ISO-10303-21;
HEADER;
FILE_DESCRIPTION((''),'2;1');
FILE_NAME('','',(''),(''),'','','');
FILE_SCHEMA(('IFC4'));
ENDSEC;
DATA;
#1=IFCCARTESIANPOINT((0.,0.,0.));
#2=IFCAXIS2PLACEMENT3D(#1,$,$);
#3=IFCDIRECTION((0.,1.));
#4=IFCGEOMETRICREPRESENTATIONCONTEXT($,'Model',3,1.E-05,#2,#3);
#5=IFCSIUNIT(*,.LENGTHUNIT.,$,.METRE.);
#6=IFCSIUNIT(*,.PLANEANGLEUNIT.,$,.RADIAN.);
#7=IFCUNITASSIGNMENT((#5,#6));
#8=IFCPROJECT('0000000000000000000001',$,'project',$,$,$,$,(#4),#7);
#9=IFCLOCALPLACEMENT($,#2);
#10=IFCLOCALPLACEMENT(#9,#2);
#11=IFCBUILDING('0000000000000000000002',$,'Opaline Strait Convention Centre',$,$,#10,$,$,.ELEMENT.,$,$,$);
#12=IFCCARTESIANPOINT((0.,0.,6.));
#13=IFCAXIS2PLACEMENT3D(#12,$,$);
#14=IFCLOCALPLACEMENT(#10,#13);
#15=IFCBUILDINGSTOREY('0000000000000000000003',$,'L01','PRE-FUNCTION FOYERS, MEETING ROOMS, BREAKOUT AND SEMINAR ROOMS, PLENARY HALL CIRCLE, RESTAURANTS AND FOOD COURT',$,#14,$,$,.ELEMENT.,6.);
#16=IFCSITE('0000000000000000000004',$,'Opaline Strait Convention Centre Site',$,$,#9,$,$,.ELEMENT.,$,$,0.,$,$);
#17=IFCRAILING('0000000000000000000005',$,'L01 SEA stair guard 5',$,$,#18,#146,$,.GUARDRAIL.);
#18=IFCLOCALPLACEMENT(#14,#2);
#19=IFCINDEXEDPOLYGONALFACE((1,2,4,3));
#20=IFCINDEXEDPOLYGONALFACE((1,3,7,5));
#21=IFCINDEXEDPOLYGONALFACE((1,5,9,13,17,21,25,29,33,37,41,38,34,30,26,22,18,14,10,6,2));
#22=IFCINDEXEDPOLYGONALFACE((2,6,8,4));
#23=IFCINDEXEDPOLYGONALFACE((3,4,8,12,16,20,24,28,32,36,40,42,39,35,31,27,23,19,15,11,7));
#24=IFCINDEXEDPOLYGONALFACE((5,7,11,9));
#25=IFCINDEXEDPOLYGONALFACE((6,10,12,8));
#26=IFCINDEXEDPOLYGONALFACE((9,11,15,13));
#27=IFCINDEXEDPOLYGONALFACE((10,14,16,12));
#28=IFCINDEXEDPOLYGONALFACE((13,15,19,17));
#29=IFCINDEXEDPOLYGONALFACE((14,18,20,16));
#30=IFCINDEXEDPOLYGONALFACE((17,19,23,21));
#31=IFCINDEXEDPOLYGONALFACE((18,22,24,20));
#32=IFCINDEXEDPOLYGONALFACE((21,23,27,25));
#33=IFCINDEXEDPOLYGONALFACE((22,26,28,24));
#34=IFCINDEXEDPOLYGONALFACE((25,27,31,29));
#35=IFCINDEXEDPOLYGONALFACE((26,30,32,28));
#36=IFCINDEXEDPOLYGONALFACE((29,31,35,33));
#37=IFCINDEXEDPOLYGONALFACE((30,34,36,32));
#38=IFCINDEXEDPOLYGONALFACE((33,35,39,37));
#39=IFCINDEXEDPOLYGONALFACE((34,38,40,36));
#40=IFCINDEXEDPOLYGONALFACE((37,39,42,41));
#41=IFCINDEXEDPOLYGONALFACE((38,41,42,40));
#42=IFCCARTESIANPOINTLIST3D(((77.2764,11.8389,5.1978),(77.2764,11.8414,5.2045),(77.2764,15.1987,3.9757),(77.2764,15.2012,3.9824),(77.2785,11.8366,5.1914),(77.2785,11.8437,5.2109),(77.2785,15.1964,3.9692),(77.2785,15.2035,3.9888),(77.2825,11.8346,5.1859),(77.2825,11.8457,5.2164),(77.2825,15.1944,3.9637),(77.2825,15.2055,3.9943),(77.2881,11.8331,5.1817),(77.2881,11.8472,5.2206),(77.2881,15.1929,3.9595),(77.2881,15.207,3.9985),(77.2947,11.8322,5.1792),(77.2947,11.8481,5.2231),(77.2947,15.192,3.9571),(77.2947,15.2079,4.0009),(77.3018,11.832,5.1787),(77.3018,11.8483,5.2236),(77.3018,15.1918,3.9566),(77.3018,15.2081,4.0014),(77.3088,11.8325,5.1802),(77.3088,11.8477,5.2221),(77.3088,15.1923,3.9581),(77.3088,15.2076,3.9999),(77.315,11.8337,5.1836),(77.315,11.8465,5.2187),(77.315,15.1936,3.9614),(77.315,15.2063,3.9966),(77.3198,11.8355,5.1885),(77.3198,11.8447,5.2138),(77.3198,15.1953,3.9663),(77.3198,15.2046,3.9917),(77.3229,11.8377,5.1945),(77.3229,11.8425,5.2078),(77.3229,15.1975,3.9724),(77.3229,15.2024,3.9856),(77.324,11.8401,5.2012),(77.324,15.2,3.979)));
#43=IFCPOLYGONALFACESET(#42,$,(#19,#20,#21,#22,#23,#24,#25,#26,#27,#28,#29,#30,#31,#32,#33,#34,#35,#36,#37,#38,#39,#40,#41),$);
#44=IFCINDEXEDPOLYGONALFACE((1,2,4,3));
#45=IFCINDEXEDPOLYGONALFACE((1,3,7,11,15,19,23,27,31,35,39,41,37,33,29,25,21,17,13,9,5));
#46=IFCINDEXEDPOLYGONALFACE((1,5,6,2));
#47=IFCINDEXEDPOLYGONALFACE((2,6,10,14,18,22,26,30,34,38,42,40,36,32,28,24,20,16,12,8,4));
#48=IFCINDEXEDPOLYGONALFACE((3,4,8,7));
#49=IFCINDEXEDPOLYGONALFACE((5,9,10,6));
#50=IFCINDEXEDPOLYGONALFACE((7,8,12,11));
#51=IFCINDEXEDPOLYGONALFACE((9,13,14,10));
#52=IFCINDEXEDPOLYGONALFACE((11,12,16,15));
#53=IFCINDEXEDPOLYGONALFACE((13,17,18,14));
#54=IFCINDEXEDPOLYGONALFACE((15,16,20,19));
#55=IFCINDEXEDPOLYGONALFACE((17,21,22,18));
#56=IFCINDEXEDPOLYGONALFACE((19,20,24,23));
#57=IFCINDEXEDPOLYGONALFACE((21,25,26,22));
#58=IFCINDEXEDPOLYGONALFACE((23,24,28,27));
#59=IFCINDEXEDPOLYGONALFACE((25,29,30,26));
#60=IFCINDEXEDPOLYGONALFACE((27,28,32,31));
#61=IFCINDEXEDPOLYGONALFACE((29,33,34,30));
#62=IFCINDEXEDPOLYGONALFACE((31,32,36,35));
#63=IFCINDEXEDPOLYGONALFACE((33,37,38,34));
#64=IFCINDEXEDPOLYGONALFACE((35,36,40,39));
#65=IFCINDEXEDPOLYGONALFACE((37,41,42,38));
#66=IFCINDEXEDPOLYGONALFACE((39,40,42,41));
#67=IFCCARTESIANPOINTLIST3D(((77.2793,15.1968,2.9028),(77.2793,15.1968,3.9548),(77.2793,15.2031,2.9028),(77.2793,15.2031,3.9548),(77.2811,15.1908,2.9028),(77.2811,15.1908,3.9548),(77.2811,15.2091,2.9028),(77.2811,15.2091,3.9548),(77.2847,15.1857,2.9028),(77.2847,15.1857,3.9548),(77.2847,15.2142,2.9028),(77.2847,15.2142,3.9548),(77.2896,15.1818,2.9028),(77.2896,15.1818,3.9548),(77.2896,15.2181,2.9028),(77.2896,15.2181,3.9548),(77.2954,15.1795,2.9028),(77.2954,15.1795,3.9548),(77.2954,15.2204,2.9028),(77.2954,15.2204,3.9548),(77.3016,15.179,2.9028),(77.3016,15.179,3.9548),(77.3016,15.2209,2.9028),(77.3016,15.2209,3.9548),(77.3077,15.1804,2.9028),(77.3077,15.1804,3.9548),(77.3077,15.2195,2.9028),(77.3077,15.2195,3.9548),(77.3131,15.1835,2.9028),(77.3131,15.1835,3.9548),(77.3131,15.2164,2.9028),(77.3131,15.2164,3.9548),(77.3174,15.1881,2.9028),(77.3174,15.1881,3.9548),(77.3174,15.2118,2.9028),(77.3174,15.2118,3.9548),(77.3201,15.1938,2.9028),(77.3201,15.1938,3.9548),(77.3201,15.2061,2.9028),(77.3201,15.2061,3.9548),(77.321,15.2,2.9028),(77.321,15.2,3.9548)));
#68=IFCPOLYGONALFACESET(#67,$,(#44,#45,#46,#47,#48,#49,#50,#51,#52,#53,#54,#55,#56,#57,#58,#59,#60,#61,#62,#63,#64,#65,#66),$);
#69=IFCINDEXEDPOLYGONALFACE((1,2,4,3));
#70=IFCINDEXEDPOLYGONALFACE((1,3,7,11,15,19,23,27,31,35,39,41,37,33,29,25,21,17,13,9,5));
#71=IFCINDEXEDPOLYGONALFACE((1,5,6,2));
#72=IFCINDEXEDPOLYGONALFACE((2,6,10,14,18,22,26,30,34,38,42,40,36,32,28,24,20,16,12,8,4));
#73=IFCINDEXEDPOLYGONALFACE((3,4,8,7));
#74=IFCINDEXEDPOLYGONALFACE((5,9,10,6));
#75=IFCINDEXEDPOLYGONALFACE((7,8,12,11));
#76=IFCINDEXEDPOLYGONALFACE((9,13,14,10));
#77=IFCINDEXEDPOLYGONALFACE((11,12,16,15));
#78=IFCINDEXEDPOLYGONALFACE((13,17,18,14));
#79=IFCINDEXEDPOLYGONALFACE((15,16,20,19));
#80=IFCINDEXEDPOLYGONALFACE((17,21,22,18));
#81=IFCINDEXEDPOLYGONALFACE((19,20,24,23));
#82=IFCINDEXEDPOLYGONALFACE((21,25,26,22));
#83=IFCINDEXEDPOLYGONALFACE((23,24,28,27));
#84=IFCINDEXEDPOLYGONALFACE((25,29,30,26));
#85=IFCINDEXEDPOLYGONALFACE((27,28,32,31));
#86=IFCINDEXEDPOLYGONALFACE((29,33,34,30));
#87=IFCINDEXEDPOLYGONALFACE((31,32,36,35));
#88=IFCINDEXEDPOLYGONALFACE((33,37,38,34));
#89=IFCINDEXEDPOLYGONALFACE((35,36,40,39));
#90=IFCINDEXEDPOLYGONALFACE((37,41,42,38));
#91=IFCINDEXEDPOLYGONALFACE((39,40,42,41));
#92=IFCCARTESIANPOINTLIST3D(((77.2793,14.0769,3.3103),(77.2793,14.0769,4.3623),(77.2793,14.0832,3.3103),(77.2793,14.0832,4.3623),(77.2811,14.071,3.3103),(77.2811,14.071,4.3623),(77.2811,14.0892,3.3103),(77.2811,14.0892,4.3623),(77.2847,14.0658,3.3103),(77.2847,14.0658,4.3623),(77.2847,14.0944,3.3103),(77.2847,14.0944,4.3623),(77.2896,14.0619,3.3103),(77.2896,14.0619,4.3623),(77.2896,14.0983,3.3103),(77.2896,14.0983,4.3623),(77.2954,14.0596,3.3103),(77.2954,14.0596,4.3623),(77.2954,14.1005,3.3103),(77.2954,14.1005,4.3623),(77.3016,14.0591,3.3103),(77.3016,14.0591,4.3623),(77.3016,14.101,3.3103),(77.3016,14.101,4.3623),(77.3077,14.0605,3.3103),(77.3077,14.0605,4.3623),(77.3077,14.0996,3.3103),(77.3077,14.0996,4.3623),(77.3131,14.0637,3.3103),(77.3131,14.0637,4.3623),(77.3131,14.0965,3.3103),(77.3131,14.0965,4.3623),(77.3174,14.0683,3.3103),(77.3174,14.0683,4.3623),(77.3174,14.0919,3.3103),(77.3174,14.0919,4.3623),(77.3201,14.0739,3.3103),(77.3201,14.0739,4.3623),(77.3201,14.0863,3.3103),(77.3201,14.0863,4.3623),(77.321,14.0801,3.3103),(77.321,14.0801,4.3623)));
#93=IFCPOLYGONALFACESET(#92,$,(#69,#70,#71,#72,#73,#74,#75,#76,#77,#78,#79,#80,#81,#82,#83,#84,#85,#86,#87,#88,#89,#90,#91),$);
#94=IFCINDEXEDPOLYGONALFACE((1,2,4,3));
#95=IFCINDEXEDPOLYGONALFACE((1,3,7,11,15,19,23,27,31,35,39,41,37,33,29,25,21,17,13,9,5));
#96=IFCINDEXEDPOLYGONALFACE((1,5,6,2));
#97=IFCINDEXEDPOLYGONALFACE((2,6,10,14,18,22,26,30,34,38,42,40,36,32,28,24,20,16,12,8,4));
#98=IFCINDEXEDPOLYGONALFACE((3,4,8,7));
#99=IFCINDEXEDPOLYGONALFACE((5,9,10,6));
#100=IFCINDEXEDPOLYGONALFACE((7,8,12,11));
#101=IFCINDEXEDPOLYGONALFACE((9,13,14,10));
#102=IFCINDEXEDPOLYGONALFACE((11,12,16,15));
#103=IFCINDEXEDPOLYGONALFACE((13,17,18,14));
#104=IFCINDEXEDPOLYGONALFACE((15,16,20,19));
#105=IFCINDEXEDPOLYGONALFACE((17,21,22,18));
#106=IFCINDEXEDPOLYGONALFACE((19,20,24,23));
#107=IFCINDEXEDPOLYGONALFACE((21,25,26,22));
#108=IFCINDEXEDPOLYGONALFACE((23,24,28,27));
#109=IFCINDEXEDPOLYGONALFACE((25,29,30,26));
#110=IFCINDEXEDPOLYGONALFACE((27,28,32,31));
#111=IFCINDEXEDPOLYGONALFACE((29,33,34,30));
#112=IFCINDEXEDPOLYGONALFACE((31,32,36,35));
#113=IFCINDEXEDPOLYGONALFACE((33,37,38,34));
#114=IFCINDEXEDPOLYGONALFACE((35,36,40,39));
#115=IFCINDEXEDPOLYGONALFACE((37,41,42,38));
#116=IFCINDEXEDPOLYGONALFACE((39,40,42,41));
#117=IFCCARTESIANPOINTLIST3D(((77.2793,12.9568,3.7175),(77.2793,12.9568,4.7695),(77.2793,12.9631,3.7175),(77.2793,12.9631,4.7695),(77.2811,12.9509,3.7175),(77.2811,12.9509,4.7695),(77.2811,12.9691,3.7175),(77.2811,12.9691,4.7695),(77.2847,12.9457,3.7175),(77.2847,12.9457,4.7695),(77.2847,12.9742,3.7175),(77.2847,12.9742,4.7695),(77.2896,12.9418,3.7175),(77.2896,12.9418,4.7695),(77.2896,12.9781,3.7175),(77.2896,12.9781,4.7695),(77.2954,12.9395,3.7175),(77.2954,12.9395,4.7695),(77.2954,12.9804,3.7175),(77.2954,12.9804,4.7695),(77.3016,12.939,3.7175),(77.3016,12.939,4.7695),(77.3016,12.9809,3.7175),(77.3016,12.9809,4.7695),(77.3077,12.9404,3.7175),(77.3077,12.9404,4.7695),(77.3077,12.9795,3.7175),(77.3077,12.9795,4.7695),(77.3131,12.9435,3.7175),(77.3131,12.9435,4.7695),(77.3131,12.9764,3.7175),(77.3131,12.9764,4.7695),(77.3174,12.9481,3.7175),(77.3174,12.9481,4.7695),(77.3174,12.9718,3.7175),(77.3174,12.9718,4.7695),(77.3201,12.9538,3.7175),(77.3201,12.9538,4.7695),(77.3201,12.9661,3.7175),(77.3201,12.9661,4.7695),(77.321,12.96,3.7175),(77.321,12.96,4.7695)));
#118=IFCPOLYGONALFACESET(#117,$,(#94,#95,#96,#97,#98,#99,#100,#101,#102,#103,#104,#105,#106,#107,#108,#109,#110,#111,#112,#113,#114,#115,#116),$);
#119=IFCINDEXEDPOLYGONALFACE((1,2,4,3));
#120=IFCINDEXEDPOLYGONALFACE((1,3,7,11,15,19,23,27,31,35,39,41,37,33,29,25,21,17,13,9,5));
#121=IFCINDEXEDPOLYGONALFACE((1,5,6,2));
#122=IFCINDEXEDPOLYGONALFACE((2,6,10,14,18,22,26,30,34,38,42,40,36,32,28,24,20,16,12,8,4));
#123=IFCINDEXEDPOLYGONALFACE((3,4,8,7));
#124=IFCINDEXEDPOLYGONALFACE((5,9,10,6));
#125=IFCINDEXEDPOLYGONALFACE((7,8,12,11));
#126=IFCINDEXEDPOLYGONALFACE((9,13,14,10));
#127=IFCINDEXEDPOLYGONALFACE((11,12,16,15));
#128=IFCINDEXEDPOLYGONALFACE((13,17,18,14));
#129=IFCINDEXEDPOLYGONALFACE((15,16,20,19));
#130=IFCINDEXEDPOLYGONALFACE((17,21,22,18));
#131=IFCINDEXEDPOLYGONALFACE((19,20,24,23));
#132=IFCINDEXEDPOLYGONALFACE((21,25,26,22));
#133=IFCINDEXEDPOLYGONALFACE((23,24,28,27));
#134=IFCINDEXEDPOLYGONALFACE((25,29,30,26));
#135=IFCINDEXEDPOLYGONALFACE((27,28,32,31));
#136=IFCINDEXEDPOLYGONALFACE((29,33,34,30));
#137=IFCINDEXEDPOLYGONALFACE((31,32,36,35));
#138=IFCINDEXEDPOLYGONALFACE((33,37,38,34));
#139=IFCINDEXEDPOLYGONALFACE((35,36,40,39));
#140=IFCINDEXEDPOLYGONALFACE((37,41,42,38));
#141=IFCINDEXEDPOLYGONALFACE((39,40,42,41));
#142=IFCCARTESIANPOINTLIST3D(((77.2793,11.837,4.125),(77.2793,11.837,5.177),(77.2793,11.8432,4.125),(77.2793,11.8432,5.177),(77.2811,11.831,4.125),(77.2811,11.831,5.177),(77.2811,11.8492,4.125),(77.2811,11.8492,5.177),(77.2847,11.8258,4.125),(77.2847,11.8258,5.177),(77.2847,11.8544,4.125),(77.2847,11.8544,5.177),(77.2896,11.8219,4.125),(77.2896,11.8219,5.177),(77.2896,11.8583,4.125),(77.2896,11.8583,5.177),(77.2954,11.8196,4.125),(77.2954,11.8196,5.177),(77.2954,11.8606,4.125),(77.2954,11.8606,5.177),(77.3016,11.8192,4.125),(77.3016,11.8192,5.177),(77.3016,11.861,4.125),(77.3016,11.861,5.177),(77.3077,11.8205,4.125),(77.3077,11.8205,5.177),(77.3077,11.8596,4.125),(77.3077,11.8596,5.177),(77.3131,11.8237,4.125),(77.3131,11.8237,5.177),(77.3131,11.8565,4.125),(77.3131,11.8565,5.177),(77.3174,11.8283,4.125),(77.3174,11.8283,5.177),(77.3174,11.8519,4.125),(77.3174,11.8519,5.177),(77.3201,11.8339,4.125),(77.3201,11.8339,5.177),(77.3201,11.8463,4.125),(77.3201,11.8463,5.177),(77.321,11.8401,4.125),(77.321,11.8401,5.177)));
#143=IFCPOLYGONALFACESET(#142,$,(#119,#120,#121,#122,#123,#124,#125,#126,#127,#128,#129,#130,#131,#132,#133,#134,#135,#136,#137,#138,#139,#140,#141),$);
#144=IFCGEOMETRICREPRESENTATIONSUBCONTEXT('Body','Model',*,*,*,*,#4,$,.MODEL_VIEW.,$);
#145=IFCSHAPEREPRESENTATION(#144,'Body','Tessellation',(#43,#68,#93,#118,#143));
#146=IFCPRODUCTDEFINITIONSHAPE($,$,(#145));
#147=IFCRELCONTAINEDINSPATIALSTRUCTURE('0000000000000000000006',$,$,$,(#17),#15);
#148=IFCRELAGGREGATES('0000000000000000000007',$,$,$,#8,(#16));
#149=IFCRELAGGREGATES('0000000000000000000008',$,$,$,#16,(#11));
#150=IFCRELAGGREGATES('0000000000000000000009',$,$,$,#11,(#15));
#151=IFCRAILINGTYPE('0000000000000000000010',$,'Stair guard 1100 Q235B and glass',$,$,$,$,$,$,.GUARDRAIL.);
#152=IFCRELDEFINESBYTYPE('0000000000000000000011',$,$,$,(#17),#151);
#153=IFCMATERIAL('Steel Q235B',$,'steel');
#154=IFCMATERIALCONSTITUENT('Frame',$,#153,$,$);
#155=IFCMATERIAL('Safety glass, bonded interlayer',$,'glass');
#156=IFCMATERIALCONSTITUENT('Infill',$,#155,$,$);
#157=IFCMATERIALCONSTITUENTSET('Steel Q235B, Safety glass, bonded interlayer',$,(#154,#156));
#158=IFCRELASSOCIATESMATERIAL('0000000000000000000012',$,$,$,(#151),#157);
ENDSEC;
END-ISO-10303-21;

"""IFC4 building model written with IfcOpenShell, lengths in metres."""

from ifc_helpers import new_model, si_unit, direction, frame, origin, origin_2d, place, context, subcontext, project, spatial, circle, extrude, material, constituent, constituent_set, type_object, element, save


model = new_model("IFC4")

# Units and contexts
model_context = context("Model", 3, precision=1e-05, world=origin(), true_north=direction((0.0, 1.0)))
body_context = subcontext(model_context, "Body", "Model", "MODEL_VIEW")
ifc_project = project(units=[si_unit("LENGTHUNIT", "METRE"), si_unit("PLANEANGLEUNIT", "RADIAN")], contexts=[model_context])

# Site, building, storey
site_placement = place(None, origin())
site = spatial("IfcSite", under=ifc_project, at=site_placement, Name="Opaline Strait Convention Centre Site", CompositionType="ELEMENT", RefElevation=0.0)
building_placement = place(site_placement, origin())
building = spatial("IfcBuilding", under=site, at=building_placement, Name="Opaline Strait Convention Centre", CompositionType="ELEMENT")
storey_placement = place(building_placement, frame((0.0, 0.0, 6.0)))
storey = spatial("IfcBuildingStorey", under=building, at=storey_placement, Name="L01", Description="PRE-FUNCTION FOYERS, MEETING ROOMS, BREAKOUT AND SEMINAR ROOMS, PLENARY HALL CIRCLE, RESTAURANTS AND FOOD COURT", CompositionType="ELEMENT", Elevation=6.0)

# Railing
ifc_material_1 = material(Name="Steel Q235B", Category="steel")
ifc_constituent_1 = constituent(ifc_material_1, Name="Frame")
ifc_material_2 = material(Name="Safety glass, bonded interlayer", Category="glass")
ifc_constituent_2 = constituent(ifc_material_2, Name="Infill")
ifc_constituent_set = constituent_set(constituents=[ifc_constituent_1, ifc_constituent_2], Name="Steel Q235B, Safety glass, bonded interlayer")
railing_type_1 = type_object("IfcRailingType", Name="Stair guard 1100 Q235B and glass", PredefinedType="GUARDRAIL", material=ifc_constituent_set)
railing_1_placement = place(storey_placement, frame((77.3, 15.2, 2.9028)))
element("IfcRailing", 1, at=railing_1_placement, inside=storey, type_object=railing_type_1, Name="L01 SEA stair guard 5", PredefinedType="GUARDRAIL", context=body_context, shape_type="SweptSolid", body=[
    extrude(circle(Radius=0.0239, at=origin_2d()), frame((0.0, 0.0, 1.0762), z_axis=(0.0, -0.939758, 0.341842), x_axis=(1.0, 0.0, 0.0)), (0.0, 0.0, 1.0), 3.5752),
    extrude(circle(Radius=0.021, at=origin_2d()), origin(), (0.0, 0.0, 1.0), 1.052),
    extrude(circle(Radius=0.021, at=origin_2d()), frame((0.0, -1.1199, 0.4075)), (0.0, 0.0, 1.0), 1.052),
    extrude(circle(Radius=0.021, at=origin_2d()), frame((0.0, -2.24, 0.8147)), (0.0, 0.0, 1.0), 1.052),
    extrude(circle(Radius=0.021, at=origin_2d()), frame((0.0, -3.3599, 1.2222)), (0.0, 0.0, 1.0), 1.052),
])

save(model, "model.ifc")
